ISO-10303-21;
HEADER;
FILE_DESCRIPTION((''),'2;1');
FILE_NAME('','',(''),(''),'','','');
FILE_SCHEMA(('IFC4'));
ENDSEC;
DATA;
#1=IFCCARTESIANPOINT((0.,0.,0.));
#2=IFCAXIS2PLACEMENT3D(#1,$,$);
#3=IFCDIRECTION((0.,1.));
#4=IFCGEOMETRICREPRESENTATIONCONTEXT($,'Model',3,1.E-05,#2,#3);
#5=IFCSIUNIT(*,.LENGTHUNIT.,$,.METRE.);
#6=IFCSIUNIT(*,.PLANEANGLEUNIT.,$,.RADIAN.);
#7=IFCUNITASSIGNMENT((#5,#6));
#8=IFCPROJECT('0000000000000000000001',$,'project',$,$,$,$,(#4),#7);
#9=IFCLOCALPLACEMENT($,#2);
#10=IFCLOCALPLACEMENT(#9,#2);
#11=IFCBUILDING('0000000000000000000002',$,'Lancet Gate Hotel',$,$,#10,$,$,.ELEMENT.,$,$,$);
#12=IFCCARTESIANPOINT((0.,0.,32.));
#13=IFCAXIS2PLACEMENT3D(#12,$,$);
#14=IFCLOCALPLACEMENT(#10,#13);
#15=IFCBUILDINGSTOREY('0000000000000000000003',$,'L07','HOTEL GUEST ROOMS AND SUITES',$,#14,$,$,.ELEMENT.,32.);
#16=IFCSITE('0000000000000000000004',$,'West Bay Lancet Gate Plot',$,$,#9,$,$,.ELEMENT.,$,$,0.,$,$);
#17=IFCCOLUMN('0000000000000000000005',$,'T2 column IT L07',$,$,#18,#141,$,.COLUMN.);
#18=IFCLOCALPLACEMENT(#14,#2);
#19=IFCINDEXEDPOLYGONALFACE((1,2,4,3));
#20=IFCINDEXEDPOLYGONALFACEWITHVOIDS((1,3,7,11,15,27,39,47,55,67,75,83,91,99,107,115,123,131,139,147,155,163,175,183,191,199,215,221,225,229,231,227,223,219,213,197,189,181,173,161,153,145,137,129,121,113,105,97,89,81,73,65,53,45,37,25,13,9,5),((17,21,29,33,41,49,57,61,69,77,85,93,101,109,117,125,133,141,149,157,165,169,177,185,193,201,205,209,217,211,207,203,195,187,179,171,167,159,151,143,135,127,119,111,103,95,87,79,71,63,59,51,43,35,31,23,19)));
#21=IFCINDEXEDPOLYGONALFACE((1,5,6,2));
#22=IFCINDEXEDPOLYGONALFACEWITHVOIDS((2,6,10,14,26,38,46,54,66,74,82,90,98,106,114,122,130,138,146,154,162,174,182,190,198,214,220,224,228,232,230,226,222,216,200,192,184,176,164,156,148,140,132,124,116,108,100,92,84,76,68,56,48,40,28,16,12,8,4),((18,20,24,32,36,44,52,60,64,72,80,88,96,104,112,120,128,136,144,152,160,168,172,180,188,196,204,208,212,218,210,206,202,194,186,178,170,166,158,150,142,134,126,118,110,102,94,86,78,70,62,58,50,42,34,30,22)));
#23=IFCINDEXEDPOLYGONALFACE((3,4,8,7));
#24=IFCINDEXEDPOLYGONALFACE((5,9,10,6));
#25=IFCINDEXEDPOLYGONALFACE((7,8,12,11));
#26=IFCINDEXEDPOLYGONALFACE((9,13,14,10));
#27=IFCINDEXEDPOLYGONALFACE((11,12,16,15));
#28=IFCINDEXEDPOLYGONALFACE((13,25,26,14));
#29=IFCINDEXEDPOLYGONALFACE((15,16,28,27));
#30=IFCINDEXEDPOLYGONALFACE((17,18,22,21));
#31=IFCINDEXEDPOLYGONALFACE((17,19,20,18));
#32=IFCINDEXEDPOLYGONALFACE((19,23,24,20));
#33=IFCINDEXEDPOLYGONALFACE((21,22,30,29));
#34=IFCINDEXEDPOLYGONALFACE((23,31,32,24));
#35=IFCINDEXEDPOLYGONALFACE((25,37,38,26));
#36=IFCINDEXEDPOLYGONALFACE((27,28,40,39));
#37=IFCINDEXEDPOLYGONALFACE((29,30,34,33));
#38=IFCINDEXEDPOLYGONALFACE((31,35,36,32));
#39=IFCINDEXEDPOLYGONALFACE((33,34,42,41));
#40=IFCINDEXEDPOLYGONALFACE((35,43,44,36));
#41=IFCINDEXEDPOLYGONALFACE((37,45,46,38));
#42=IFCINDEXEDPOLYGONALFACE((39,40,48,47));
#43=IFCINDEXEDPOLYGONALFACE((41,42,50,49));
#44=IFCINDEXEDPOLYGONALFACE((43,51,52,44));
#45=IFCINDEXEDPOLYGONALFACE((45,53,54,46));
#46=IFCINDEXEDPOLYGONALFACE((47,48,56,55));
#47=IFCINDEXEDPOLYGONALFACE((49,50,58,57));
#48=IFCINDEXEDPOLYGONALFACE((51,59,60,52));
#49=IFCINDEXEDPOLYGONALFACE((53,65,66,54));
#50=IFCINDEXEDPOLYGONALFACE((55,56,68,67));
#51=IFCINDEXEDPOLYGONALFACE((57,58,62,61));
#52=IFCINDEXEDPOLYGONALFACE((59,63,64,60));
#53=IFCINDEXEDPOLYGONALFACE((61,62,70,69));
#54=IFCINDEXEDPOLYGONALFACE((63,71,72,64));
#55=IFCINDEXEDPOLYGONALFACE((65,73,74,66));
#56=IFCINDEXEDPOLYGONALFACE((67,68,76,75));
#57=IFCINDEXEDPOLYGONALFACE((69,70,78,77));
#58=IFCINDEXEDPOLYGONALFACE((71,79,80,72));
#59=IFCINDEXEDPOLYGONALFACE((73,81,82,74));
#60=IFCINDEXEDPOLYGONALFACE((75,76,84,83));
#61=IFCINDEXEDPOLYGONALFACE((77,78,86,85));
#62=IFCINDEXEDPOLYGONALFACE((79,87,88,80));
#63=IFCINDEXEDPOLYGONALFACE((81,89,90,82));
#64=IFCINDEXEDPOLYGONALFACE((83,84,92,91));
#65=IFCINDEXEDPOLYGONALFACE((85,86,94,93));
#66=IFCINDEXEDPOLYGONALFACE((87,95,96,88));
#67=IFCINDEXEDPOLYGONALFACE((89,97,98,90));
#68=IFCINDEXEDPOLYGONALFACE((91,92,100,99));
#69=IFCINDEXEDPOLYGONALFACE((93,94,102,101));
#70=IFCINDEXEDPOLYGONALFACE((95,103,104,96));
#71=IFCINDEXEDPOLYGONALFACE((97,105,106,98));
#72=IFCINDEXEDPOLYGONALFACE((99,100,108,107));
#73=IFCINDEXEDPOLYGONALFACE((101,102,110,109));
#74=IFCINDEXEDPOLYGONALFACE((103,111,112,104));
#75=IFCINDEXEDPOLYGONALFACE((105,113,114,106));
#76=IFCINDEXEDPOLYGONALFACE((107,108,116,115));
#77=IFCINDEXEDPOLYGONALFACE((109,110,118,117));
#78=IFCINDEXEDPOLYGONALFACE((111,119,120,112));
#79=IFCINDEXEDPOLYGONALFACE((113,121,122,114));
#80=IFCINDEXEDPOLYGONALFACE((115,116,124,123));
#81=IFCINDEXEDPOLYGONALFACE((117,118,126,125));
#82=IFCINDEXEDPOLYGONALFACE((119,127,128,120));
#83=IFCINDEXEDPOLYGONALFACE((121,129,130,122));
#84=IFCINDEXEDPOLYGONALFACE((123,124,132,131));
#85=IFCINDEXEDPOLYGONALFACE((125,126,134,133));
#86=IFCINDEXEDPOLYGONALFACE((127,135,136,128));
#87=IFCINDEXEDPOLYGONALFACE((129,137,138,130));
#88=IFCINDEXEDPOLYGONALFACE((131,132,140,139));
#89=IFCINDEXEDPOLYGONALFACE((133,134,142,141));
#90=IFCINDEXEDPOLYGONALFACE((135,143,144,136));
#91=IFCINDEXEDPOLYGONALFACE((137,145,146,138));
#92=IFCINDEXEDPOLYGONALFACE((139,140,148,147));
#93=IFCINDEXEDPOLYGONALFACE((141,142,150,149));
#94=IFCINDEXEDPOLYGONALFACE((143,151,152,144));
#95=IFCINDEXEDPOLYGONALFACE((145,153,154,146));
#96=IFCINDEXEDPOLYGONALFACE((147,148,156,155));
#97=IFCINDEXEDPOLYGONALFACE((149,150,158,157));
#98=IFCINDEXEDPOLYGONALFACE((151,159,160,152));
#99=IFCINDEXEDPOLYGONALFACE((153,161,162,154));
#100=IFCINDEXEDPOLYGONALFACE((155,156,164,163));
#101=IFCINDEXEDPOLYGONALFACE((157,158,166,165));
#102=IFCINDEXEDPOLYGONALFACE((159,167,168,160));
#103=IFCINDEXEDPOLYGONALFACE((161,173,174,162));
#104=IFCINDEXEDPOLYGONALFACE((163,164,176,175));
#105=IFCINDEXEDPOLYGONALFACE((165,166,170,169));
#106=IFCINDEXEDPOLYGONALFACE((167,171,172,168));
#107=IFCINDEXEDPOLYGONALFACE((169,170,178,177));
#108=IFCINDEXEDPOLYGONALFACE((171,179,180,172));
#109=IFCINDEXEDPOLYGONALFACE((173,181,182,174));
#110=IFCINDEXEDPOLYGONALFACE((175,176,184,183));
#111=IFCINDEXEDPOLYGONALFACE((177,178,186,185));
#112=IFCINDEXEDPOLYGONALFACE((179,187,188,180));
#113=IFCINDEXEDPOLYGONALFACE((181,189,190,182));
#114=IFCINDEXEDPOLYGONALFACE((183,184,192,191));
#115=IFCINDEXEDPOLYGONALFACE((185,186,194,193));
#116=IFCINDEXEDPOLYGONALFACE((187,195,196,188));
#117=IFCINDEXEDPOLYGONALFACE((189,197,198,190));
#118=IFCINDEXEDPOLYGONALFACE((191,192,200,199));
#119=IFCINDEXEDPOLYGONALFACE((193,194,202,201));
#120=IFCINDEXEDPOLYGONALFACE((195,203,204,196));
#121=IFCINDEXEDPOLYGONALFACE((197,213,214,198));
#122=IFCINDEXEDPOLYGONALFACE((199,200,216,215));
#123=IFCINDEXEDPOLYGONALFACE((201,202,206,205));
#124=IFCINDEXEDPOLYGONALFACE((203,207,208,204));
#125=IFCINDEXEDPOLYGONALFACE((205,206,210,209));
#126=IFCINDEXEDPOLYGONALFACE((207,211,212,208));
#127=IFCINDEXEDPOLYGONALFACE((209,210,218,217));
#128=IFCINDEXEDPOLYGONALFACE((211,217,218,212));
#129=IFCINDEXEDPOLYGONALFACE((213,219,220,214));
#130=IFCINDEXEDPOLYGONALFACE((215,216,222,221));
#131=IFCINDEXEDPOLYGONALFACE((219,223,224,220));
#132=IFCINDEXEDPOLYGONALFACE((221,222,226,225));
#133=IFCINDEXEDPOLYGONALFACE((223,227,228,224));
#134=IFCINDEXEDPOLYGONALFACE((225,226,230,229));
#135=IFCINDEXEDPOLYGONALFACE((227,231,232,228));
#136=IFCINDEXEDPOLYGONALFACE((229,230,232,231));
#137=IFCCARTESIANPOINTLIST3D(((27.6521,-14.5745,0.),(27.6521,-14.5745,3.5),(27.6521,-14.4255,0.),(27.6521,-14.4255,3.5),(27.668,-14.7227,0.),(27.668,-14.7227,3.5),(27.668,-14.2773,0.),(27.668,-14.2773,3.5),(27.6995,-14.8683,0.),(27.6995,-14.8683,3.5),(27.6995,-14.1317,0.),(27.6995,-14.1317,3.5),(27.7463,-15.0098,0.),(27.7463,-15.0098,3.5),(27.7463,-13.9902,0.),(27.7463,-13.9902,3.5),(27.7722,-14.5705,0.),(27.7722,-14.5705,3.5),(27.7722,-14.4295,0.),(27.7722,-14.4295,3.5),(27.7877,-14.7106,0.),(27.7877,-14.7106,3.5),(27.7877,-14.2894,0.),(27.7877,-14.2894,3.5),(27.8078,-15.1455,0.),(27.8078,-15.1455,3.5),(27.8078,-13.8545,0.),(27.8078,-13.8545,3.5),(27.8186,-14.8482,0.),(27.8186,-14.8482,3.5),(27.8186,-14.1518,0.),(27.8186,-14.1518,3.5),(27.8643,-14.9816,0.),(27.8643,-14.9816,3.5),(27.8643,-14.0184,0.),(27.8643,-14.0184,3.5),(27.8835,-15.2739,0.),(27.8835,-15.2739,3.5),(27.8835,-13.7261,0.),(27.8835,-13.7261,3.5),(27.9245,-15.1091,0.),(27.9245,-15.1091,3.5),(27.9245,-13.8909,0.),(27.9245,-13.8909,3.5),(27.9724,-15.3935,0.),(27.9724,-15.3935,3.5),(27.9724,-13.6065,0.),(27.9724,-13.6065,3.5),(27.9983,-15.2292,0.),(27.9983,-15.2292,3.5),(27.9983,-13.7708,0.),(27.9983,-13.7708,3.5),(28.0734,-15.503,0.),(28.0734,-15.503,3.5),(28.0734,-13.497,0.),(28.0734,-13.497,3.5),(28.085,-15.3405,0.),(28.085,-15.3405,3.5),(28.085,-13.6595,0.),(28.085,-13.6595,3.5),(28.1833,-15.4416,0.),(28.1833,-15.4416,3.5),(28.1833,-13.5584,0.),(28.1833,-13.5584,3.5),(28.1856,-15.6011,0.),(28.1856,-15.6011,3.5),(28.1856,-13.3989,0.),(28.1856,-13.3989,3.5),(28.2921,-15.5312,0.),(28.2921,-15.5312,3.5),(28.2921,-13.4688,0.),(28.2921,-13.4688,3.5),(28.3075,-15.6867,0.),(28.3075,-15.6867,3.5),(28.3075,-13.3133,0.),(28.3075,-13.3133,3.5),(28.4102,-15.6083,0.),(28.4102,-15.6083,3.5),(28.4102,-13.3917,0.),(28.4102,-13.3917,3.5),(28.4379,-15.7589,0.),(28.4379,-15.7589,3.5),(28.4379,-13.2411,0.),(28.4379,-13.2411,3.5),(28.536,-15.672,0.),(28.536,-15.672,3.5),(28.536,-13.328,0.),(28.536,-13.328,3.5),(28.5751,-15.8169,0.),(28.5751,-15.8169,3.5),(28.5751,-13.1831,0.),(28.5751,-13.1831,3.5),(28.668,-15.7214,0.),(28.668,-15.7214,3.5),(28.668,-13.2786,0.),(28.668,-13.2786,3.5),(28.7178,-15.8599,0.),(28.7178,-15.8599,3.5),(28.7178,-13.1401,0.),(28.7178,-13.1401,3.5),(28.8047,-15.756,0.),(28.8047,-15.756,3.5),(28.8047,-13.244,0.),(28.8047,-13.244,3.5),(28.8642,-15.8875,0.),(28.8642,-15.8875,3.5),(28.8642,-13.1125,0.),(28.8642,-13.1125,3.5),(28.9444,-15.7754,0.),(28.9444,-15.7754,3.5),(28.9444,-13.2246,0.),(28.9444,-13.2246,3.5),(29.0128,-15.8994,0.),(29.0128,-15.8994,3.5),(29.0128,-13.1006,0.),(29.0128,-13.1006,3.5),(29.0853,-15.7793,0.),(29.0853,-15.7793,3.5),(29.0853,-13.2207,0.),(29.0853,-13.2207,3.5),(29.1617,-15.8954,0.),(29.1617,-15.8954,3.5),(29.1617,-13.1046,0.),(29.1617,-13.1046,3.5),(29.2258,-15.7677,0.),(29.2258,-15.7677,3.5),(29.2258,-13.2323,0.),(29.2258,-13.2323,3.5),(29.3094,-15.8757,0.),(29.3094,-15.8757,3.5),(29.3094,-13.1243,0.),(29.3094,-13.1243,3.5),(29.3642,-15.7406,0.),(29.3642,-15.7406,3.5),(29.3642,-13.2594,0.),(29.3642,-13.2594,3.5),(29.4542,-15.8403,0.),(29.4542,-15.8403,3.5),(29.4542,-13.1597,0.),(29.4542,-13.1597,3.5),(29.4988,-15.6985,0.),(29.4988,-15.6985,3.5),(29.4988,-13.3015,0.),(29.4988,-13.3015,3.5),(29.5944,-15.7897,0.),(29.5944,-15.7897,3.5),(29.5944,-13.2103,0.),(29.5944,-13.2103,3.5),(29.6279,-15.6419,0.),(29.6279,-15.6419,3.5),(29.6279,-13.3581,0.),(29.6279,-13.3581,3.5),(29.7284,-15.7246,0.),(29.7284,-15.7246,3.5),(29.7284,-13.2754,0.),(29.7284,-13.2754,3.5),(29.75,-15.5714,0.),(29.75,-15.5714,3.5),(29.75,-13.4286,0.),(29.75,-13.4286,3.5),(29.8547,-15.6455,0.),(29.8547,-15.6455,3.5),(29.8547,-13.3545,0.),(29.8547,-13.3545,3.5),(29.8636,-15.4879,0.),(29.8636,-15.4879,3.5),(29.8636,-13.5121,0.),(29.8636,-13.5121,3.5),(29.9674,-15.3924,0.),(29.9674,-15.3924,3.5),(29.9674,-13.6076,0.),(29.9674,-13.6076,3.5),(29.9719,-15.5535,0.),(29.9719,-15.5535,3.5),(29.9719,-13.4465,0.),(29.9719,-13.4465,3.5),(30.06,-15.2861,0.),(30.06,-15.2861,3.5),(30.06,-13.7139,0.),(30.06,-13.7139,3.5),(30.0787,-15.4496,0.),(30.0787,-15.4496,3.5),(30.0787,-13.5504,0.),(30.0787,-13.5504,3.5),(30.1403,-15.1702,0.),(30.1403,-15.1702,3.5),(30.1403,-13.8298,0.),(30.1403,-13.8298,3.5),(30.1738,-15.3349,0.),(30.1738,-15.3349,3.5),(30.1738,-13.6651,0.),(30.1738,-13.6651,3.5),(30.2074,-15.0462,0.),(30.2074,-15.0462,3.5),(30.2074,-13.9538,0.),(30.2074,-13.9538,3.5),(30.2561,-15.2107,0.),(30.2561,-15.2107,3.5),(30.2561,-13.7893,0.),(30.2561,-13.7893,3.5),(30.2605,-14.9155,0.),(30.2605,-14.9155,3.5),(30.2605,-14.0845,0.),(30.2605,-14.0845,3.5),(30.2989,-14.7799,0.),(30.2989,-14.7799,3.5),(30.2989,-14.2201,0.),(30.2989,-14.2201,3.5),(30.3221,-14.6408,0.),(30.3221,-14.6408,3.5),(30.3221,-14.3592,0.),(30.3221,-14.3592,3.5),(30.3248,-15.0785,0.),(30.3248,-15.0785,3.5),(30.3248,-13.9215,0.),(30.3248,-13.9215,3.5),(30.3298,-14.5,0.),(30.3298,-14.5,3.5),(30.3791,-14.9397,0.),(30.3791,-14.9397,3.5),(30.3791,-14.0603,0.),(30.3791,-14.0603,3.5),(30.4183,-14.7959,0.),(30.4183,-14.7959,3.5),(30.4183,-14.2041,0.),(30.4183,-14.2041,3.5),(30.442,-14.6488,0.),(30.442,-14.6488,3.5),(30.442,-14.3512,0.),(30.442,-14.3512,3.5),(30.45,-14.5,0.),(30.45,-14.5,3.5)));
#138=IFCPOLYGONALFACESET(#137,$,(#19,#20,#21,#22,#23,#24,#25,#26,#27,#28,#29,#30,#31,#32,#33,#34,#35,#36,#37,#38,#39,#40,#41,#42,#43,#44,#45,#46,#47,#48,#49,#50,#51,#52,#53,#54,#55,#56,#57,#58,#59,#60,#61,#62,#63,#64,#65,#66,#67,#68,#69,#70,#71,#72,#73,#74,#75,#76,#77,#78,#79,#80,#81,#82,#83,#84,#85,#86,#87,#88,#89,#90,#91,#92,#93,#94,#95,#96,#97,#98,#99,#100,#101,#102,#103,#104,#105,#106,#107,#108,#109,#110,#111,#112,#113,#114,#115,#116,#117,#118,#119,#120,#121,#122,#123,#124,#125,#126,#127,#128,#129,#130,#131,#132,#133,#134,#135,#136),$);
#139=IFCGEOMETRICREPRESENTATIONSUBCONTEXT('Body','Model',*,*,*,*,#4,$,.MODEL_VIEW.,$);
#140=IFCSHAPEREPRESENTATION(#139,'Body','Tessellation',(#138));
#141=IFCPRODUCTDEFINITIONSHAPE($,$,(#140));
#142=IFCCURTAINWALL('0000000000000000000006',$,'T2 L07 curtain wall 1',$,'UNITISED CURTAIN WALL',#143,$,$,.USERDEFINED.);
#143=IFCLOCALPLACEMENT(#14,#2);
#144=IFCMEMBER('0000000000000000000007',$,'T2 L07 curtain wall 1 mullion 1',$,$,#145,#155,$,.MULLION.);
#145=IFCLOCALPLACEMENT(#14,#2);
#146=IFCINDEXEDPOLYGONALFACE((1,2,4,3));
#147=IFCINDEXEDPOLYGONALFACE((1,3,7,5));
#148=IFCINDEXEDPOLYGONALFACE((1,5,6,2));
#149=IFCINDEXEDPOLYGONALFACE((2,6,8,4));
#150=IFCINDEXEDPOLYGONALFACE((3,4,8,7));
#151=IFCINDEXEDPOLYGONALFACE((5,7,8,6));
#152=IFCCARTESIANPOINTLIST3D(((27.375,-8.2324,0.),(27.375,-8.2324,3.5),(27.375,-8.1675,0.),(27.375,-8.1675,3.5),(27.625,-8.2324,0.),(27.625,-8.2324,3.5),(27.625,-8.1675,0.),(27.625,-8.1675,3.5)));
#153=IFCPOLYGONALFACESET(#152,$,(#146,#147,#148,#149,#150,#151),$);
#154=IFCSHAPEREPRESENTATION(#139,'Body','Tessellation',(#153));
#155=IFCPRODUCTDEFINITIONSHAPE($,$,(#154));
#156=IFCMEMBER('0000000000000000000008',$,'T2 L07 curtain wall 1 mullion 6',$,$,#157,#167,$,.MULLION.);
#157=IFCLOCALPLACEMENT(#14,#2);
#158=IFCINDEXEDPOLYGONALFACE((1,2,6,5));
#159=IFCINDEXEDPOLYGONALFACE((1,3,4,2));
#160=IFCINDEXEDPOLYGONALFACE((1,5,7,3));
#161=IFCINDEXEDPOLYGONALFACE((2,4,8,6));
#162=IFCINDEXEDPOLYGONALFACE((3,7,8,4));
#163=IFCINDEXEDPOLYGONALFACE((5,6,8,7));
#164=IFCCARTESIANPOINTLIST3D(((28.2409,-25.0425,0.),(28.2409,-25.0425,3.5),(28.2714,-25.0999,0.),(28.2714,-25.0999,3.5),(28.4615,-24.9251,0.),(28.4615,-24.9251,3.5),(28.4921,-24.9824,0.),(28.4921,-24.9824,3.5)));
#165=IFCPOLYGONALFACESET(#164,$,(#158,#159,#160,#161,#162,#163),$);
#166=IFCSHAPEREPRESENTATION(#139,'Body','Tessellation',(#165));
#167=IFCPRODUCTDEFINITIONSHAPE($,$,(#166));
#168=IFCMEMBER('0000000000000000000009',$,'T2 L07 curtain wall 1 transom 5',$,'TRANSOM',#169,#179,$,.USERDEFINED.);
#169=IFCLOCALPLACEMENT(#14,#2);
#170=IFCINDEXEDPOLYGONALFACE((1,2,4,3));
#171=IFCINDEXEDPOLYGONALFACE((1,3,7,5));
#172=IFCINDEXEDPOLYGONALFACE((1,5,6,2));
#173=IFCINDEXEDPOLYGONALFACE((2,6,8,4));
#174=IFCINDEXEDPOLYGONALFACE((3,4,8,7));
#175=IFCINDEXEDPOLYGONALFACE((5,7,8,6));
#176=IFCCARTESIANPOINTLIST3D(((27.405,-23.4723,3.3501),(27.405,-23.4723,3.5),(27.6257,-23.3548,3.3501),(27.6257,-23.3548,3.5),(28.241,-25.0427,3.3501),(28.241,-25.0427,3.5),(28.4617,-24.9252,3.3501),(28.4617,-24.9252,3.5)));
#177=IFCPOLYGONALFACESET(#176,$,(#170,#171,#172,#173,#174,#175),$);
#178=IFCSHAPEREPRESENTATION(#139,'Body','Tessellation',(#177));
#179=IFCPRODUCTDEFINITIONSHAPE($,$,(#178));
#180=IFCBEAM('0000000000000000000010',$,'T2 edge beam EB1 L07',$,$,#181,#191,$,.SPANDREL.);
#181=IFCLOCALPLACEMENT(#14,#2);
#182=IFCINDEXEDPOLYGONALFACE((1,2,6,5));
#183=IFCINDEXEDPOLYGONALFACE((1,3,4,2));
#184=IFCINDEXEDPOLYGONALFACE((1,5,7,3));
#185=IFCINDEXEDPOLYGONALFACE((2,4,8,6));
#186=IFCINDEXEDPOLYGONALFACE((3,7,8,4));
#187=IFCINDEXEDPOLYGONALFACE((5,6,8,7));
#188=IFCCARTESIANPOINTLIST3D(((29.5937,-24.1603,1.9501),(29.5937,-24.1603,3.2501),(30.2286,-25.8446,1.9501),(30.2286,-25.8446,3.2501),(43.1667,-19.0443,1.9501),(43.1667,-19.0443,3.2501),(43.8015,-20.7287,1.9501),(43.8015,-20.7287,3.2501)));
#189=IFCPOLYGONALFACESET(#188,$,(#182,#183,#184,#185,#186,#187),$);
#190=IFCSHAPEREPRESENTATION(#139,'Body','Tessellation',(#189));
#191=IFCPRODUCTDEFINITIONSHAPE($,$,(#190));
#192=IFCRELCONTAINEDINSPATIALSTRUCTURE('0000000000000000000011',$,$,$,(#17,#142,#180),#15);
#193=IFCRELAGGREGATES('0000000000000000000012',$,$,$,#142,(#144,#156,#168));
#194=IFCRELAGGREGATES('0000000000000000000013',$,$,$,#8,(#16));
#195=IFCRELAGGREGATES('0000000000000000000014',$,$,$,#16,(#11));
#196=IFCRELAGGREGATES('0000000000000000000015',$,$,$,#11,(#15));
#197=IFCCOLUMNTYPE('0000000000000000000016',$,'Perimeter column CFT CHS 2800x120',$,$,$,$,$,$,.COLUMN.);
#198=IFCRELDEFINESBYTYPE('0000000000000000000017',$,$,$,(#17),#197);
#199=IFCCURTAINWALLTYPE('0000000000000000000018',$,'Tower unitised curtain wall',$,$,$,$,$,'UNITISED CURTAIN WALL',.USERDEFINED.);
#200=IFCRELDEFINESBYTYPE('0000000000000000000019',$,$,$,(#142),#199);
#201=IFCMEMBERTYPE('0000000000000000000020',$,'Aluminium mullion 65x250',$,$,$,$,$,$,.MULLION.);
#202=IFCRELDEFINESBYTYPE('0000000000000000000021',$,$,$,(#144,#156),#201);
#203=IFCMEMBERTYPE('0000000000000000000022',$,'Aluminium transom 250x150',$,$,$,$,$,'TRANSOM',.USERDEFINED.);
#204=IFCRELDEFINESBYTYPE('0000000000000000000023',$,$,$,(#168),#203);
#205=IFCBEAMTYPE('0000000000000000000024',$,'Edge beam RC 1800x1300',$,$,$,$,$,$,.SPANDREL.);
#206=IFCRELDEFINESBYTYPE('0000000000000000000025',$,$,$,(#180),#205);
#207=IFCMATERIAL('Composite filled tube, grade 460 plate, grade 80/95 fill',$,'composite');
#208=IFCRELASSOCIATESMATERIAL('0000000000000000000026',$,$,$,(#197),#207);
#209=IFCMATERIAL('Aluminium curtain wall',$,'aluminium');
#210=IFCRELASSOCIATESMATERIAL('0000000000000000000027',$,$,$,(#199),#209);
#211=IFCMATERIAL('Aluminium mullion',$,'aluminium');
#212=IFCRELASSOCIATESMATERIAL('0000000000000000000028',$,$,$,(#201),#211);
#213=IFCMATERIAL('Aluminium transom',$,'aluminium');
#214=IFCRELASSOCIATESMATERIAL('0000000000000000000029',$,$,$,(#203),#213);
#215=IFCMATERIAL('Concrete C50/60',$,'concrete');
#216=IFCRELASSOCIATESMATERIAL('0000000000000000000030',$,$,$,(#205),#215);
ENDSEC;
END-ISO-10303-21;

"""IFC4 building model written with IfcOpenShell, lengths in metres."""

from ifc_helpers import new_model, si_unit, direction, frame, origin, origin_2d, place, context, subcontext, project, spatial, rectangle, hollow_circle, extrude, material, material_profile, profile_set, type_object, element, aggregate, save


model = new_model("IFC4")

# Units and contexts
model_context = context("Model", 3, precision=1e-05, world=origin(), true_north=direction((0.0, 1.0)))
body_context = subcontext(model_context, "Body", "Model", "MODEL_VIEW")
ifc_project = project(units=[si_unit("LENGTHUNIT", "METRE"), si_unit("PLANEANGLEUNIT", "RADIAN")], contexts=[model_context])

# Site, building, storey
site_placement = place(None, origin())
site = spatial("IfcSite", under=ifc_project, at=site_placement, Name="West Bay Lancet Gate Plot", CompositionType="ELEMENT", RefElevation=0.0)
building_placement = place(site_placement, origin())
building = spatial("IfcBuilding", under=site, at=building_placement, Name="Lancet Gate Hotel", CompositionType="ELEMENT")
storey_placement = place(building_placement, frame((0.0, 0.0, 32.0)))
storey = spatial("IfcBuildingStorey", under=building, at=storey_placement, Name="L07", Description="HOTEL GUEST ROOMS AND SUITES", CompositionType="ELEMENT", Elevation=32.0)

# Column
ifc_material_1 = material(Name="Composite filled tube, grade 460 plate, grade 80/95 fill", Category="composite")
ifc_material_profile_1 = material_profile(ifc_material_1, hollow_circle(Radius=1.3999, WallThickness=0.1201, at=origin_2d()), Name="CHS 2800x120")
ifc_profile_set_1 = profile_set([ifc_material_profile_1], Name="Composite filled tube, grade 460 plate, grade 80/95 fill")
column_type = type_object("IfcColumnType", Name="Perimeter column CFT CHS 2800x120", PredefinedType="COLUMN", material=ifc_profile_set_1)
for number, where, z_axis, x_axis, name in (
    (1, (29.05, -14.5, 0.0), (0.0, 0.0, 1.0), (1.0, 0.0, 0.0), "T2 column IT L07"),
):
    element("IfcColumn", number, at=place(storey_placement, frame(where, z_axis=z_axis, x_axis=x_axis)), inside=storey, type_object=column_type, Name=name, PredefinedType="COLUMN", context=body_context, shape_type="SweptSolid", body=[
        extrude(hollow_circle(Radius=1.3999, WallThickness=0.1201, at=origin_2d()), origin(), (0.0, 0.0, 1.0), 3.5),
    ])

# Curtain wall, members
ifc_material_2 = material(Name="Aluminium curtain wall", Category="aluminium")
curtain_wall_type = type_object("IfcCurtainWallType", Name="Tower unitised curtain wall", ElementType="UNITISED CURTAIN WALL", PredefinedType="USERDEFINED", material=ifc_material_2)
curtain_wall_placement = place(storey_placement, origin())
curtain_wall = element("IfcCurtainWall", 2, at=curtain_wall_placement, inside=storey, type_object=curtain_wall_type, Name="T2 L07 curtain wall 1", ObjectType="UNITISED CURTAIN WALL", PredefinedType="USERDEFINED")
ifc_material_3 = material(Name="Aluminium mullion", Category="aluminium")
ifc_material_profile_2 = material_profile(ifc_material_3, rectangle(XDim=0.0649, YDim=0.25, at=origin_2d()), Name="MULLION 65x250")
ifc_profile_set_2 = profile_set([ifc_material_profile_2], Name="Aluminium mullion")
member_type_1 = type_object("IfcMemberType", Name="Aluminium mullion 65x250", PredefinedType="MULLION", material=ifc_profile_set_2)
member_1_placement = place(storey_placement, frame((27.5, -8.2, 0.0), z_axis=(0.0, 0.0, 1.0), x_axis=(0.0, -1.0, 0.0)))
member_1 = element("IfcMember", 3, at=member_1_placement, type_object=member_type_1, Name="T2 L07 curtain wall 1 mullion 1", PredefinedType="MULLION", context=body_context, shape_type="SweptSolid", body=[
    extrude(rectangle(XDim=0.0649, YDim=0.25, at=origin_2d()), origin(), (0.0, 0.0, 1.0), 3.5),
])
member_2_placement = place(storey_placement, frame((28.3665, -25.0125, 0.0), z_axis=(0.0, 0.0, 1.0), x_axis=(0.469898, -0.882721, 0.0)))
member_2 = element("IfcMember", 4, at=member_2_placement, type_object=member_type_1, Name="T2 L07 curtain wall 1 mullion 6", PredefinedType="MULLION", context=body_context, shape_type="SweptSolid", body=[
    extrude(rectangle(XDim=0.0649, YDim=0.25, at=origin_2d()), origin(), (0.0, 0.0, 1.0), 3.5),
])
ifc_material_4 = material(Name="Aluminium transom", Category="aluminium")
ifc_material_profile_3 = material_profile(ifc_material_4, rectangle(XDim=0.25, YDim=0.1499, at=origin_2d()), Name="TRANSOM 250x150")
ifc_profile_set_3 = profile_set([ifc_material_profile_3], Name="Aluminium transom")
member_type_2 = type_object("IfcMemberType", Name="Aluminium transom 250x150", ElementType="TRANSOM", PredefinedType="USERDEFINED", material=ifc_profile_set_3)
member_3_placement = place(storey_placement, frame((27.5154, -23.4136, 3.425), z_axis=(0.469904, -0.882717, 0.0), x_axis=(0.882717, 0.469904, 0.0)))
member_3 = element("IfcMember", 5, at=member_3_placement, type_object=member_type_2, Name="T2 L07 curtain wall 1 transom 5", ObjectType="TRANSOM", PredefinedType="USERDEFINED", context=body_context, shape_type="SweptSolid", body=[
    extrude(rectangle(XDim=0.25, YDim=0.1499, at=origin_2d()), origin(), (0.0, 0.0, 1.0), 1.7791),
])

# Beam
ifc_material_5 = material(Name="Concrete C50/60", Category="concrete")
ifc_material_profile_4 = material_profile(ifc_material_5, rectangle(XDim=1.8, YDim=1.3, at=origin_2d()), Name="RC 1800x1300")
ifc_profile_set_4 = profile_set([ifc_material_profile_4], Name="Concrete C50/60")
beam_type_1 = type_object("IfcBeamType", Name="Edge beam RC 1800x1300", PredefinedType="SPANDREL", material=ifc_profile_set_4)
beam_1_placement = place(storey_placement, frame((29.9111, -25.0024, 2.6001), z_axis=(0.935736, 0.3527, 0.0), x_axis=(-0.3527, 0.935736, 0.0)))
element("IfcBeam", 6, at=beam_1_placement, inside=storey, type_object=beam_type_1, Name="T2 edge beam EB1 L07", PredefinedType="SPANDREL", context=body_context, shape_type="SweptSolid", body=[
    extrude(rectangle(XDim=1.8, YDim=1.3, at=origin_2d()), origin(), (0.0, 0.0, 1.0), 14.5051),
])

aggregate(curtain_wall, [member_1, member_2, member_3])

save(model, "model.ifc")
